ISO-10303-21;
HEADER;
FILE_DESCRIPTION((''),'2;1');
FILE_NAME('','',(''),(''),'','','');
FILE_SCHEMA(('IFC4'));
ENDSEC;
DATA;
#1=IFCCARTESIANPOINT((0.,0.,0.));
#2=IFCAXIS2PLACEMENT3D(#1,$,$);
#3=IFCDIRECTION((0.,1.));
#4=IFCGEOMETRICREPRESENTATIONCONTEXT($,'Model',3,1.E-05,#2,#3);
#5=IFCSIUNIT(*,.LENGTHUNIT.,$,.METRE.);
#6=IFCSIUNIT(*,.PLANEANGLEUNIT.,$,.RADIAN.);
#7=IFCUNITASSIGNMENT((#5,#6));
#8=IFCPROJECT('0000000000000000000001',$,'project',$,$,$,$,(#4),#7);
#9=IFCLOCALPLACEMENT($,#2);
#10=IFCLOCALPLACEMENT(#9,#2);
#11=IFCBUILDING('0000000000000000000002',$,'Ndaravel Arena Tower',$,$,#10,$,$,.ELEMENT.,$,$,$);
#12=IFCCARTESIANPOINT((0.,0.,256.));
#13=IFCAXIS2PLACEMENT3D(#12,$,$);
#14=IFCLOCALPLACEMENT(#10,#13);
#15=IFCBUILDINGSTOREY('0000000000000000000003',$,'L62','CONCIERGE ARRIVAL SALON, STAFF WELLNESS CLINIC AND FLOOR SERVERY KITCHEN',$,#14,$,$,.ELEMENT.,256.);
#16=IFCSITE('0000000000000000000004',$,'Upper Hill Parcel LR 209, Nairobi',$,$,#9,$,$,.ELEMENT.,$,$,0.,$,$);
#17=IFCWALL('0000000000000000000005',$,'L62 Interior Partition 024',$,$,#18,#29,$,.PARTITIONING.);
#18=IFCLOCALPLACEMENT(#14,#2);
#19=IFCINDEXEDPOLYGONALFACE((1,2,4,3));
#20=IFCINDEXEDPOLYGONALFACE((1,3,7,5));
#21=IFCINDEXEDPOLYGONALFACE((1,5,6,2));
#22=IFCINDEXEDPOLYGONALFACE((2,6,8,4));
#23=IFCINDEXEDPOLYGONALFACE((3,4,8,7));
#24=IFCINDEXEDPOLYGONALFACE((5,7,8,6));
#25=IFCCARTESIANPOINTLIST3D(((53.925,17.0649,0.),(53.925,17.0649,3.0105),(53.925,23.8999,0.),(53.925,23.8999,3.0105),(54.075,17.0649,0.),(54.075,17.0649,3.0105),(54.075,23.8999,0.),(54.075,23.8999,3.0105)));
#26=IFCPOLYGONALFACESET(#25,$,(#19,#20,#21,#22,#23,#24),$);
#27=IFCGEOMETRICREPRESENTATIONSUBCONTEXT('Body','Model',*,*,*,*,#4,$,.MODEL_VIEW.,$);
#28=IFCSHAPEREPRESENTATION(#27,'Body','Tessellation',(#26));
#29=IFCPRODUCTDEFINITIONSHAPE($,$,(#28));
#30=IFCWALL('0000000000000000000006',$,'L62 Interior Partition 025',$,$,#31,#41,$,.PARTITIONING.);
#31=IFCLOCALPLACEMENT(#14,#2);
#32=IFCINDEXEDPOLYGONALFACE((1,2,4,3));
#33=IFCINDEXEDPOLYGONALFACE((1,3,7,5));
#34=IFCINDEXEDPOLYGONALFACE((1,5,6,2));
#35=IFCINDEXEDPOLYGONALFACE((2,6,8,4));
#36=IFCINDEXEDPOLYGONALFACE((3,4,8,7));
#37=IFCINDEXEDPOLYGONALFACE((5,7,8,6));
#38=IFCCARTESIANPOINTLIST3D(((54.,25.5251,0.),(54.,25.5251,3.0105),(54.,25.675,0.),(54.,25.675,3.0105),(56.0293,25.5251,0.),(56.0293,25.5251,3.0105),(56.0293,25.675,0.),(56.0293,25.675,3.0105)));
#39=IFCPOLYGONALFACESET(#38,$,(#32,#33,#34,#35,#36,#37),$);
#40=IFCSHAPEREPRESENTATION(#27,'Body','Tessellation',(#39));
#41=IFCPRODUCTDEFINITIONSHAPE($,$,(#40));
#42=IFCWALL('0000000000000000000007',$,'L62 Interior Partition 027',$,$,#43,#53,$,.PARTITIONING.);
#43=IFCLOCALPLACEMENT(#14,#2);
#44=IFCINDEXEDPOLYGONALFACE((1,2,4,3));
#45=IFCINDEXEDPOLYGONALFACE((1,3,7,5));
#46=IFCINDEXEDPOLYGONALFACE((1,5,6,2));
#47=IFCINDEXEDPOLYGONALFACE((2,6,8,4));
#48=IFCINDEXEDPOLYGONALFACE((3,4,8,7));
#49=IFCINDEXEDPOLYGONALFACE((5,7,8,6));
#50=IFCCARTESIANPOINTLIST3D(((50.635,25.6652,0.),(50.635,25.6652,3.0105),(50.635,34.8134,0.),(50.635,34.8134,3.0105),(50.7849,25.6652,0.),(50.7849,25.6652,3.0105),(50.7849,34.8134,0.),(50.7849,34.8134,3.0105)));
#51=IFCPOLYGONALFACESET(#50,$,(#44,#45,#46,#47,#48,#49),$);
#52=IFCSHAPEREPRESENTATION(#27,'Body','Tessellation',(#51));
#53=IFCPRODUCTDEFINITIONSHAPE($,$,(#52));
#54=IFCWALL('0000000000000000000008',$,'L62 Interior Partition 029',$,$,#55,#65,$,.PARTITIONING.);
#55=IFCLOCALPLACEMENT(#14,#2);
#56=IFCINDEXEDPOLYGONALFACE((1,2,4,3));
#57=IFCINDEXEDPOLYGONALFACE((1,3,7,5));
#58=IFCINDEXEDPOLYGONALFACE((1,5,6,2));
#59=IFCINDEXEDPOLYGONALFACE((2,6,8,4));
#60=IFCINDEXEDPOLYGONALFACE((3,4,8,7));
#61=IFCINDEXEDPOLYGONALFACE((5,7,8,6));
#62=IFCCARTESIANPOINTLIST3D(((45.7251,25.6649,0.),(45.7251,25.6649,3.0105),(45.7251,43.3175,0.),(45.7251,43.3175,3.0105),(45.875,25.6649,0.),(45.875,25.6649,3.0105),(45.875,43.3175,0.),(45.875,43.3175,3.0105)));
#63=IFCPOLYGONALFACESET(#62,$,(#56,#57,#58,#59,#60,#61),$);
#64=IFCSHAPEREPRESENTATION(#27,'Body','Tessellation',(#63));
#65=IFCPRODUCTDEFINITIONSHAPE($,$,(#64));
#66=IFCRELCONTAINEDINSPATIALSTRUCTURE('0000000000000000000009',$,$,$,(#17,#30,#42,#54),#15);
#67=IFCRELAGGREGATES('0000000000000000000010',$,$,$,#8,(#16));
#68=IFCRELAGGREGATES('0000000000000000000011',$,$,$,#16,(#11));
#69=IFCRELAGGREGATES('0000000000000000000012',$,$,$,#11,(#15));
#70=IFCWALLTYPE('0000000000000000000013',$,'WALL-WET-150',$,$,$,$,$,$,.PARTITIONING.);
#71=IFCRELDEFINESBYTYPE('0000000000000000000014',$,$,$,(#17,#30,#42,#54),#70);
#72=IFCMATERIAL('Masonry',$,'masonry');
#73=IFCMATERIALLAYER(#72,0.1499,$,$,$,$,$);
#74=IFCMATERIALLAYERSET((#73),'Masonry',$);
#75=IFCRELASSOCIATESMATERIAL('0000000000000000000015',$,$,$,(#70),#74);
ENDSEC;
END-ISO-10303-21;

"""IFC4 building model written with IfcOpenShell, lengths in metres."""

from ifc_helpers import new_model, si_unit, direction, frame, frame_2d, origin, place, context, subcontext, project, spatial, rectangle, extrude, material, layer, layer_set, type_object, element, save


model = new_model("IFC4")

# Units and contexts
model_context = context("Model", 3, precision=1e-05, world=origin(), true_north=direction((0.0, 1.0)))
body_context = subcontext(model_context, "Body", "Model", "MODEL_VIEW")
ifc_project = project(units=[si_unit("LENGTHUNIT", "METRE"), si_unit("PLANEANGLEUNIT", "RADIAN")], contexts=[model_context])

# Site, building, storey
site_placement = place(None, origin())
site = spatial("IfcSite", under=ifc_project, at=site_placement, Name="Upper Hill Parcel LR 209, Nairobi", CompositionType="ELEMENT", RefElevation=0.0)
building_placement = place(site_placement, origin())
building = spatial("IfcBuilding", under=site, at=building_placement, Name="Ndaravel Arena Tower", CompositionType="ELEMENT")
storey_placement = place(building_placement, frame((0.0, 0.0, 256.0)))
storey = spatial("IfcBuildingStorey", under=building, at=storey_placement, Name="L62", Description="CONCIERGE ARRIVAL SALON, STAFF WELLNESS CLINIC AND FLOOR SERVERY KITCHEN", CompositionType="ELEMENT", Elevation=256.0)

# Shared definitions
ifc_material_1 = material(Name="Masonry", Category="masonry")
ifc_layer_1 = layer(ifc_material_1, 0.1499)
ifc_layer_set_1 = layer_set([ifc_layer_1], Name="Masonry")
wall_type_1 = type_object("IfcWallType", Name="WALL-WET-150", PredefinedType="PARTITIONING", material=ifc_layer_set_1)

# Walls
wall_1_placement = place(storey_placement, frame((54.0, 23.8999, 0.0), z_axis=(0.0, 0.0, 1.0), x_axis=(0.0, -1.0, 0.0)))
element("IfcWall", 1, at=wall_1_placement, inside=storey, type_object=wall_type_1, Name="L62 Interior Partition 024", PredefinedType="PARTITIONING", context=body_context, shape_type="SweptSolid", body=[
    extrude(rectangle(XDim=6.835, YDim=0.1499, at=frame_2d((3.4175, 0.0))), origin(), (0.0, 0.0, 1.0), 3.0105),
])
wall_2_placement = place(storey_placement, frame((54.0, 25.6001, 0.0), z_axis=(0.0, 0.0, 1.0), x_axis=(1.0, 0.0, 0.0)))
element("IfcWall", 2, at=wall_2_placement, inside=storey, type_object=wall_type_1, Name="L62 Interior Partition 025", PredefinedType="PARTITIONING", context=body_context, shape_type="SweptSolid", body=[
    extrude(rectangle(XDim=2.0293, YDim=0.1499, at=frame_2d((1.0146, 0.0))), origin(), (0.0, 0.0, 1.0), 3.0105),
])
wall_3_placement = place(storey_placement, frame((50.71, 25.665, 0.0), z_axis=(0.0, 0.0, 1.0), x_axis=(0.0, 1.0, 0.0)))
element("IfcWall", 3, at=wall_3_placement, inside=storey, type_object=wall_type_1, Name="L62 Interior Partition 027", PredefinedType="PARTITIONING", context=body_context, shape_type="SweptSolid", body=[
    extrude(rectangle(XDim=9.1482, YDim=0.1499, at=frame_2d((4.5742, 0.0))), origin(), (0.0, 0.0, 1.0), 3.0105),
])
wall_4_placement = place(storey_placement, frame((45.8, 25.665, 0.0), z_axis=(0.0, 0.0, 1.0), x_axis=(0.0, 1.0, 0.0)))
element("IfcWall", 4, at=wall_4_placement, inside=storey, type_object=wall_type_1, Name="L62 Interior Partition 029", PredefinedType="PARTITIONING", context=body_context, shape_type="SweptSolid", body=[
    extrude(rectangle(XDim=17.6526, YDim=0.1499, at=frame_2d((8.8262, 0.0))), origin(), (0.0, 0.0, 1.0), 3.0105),
])

save(model, "model.ifc")
